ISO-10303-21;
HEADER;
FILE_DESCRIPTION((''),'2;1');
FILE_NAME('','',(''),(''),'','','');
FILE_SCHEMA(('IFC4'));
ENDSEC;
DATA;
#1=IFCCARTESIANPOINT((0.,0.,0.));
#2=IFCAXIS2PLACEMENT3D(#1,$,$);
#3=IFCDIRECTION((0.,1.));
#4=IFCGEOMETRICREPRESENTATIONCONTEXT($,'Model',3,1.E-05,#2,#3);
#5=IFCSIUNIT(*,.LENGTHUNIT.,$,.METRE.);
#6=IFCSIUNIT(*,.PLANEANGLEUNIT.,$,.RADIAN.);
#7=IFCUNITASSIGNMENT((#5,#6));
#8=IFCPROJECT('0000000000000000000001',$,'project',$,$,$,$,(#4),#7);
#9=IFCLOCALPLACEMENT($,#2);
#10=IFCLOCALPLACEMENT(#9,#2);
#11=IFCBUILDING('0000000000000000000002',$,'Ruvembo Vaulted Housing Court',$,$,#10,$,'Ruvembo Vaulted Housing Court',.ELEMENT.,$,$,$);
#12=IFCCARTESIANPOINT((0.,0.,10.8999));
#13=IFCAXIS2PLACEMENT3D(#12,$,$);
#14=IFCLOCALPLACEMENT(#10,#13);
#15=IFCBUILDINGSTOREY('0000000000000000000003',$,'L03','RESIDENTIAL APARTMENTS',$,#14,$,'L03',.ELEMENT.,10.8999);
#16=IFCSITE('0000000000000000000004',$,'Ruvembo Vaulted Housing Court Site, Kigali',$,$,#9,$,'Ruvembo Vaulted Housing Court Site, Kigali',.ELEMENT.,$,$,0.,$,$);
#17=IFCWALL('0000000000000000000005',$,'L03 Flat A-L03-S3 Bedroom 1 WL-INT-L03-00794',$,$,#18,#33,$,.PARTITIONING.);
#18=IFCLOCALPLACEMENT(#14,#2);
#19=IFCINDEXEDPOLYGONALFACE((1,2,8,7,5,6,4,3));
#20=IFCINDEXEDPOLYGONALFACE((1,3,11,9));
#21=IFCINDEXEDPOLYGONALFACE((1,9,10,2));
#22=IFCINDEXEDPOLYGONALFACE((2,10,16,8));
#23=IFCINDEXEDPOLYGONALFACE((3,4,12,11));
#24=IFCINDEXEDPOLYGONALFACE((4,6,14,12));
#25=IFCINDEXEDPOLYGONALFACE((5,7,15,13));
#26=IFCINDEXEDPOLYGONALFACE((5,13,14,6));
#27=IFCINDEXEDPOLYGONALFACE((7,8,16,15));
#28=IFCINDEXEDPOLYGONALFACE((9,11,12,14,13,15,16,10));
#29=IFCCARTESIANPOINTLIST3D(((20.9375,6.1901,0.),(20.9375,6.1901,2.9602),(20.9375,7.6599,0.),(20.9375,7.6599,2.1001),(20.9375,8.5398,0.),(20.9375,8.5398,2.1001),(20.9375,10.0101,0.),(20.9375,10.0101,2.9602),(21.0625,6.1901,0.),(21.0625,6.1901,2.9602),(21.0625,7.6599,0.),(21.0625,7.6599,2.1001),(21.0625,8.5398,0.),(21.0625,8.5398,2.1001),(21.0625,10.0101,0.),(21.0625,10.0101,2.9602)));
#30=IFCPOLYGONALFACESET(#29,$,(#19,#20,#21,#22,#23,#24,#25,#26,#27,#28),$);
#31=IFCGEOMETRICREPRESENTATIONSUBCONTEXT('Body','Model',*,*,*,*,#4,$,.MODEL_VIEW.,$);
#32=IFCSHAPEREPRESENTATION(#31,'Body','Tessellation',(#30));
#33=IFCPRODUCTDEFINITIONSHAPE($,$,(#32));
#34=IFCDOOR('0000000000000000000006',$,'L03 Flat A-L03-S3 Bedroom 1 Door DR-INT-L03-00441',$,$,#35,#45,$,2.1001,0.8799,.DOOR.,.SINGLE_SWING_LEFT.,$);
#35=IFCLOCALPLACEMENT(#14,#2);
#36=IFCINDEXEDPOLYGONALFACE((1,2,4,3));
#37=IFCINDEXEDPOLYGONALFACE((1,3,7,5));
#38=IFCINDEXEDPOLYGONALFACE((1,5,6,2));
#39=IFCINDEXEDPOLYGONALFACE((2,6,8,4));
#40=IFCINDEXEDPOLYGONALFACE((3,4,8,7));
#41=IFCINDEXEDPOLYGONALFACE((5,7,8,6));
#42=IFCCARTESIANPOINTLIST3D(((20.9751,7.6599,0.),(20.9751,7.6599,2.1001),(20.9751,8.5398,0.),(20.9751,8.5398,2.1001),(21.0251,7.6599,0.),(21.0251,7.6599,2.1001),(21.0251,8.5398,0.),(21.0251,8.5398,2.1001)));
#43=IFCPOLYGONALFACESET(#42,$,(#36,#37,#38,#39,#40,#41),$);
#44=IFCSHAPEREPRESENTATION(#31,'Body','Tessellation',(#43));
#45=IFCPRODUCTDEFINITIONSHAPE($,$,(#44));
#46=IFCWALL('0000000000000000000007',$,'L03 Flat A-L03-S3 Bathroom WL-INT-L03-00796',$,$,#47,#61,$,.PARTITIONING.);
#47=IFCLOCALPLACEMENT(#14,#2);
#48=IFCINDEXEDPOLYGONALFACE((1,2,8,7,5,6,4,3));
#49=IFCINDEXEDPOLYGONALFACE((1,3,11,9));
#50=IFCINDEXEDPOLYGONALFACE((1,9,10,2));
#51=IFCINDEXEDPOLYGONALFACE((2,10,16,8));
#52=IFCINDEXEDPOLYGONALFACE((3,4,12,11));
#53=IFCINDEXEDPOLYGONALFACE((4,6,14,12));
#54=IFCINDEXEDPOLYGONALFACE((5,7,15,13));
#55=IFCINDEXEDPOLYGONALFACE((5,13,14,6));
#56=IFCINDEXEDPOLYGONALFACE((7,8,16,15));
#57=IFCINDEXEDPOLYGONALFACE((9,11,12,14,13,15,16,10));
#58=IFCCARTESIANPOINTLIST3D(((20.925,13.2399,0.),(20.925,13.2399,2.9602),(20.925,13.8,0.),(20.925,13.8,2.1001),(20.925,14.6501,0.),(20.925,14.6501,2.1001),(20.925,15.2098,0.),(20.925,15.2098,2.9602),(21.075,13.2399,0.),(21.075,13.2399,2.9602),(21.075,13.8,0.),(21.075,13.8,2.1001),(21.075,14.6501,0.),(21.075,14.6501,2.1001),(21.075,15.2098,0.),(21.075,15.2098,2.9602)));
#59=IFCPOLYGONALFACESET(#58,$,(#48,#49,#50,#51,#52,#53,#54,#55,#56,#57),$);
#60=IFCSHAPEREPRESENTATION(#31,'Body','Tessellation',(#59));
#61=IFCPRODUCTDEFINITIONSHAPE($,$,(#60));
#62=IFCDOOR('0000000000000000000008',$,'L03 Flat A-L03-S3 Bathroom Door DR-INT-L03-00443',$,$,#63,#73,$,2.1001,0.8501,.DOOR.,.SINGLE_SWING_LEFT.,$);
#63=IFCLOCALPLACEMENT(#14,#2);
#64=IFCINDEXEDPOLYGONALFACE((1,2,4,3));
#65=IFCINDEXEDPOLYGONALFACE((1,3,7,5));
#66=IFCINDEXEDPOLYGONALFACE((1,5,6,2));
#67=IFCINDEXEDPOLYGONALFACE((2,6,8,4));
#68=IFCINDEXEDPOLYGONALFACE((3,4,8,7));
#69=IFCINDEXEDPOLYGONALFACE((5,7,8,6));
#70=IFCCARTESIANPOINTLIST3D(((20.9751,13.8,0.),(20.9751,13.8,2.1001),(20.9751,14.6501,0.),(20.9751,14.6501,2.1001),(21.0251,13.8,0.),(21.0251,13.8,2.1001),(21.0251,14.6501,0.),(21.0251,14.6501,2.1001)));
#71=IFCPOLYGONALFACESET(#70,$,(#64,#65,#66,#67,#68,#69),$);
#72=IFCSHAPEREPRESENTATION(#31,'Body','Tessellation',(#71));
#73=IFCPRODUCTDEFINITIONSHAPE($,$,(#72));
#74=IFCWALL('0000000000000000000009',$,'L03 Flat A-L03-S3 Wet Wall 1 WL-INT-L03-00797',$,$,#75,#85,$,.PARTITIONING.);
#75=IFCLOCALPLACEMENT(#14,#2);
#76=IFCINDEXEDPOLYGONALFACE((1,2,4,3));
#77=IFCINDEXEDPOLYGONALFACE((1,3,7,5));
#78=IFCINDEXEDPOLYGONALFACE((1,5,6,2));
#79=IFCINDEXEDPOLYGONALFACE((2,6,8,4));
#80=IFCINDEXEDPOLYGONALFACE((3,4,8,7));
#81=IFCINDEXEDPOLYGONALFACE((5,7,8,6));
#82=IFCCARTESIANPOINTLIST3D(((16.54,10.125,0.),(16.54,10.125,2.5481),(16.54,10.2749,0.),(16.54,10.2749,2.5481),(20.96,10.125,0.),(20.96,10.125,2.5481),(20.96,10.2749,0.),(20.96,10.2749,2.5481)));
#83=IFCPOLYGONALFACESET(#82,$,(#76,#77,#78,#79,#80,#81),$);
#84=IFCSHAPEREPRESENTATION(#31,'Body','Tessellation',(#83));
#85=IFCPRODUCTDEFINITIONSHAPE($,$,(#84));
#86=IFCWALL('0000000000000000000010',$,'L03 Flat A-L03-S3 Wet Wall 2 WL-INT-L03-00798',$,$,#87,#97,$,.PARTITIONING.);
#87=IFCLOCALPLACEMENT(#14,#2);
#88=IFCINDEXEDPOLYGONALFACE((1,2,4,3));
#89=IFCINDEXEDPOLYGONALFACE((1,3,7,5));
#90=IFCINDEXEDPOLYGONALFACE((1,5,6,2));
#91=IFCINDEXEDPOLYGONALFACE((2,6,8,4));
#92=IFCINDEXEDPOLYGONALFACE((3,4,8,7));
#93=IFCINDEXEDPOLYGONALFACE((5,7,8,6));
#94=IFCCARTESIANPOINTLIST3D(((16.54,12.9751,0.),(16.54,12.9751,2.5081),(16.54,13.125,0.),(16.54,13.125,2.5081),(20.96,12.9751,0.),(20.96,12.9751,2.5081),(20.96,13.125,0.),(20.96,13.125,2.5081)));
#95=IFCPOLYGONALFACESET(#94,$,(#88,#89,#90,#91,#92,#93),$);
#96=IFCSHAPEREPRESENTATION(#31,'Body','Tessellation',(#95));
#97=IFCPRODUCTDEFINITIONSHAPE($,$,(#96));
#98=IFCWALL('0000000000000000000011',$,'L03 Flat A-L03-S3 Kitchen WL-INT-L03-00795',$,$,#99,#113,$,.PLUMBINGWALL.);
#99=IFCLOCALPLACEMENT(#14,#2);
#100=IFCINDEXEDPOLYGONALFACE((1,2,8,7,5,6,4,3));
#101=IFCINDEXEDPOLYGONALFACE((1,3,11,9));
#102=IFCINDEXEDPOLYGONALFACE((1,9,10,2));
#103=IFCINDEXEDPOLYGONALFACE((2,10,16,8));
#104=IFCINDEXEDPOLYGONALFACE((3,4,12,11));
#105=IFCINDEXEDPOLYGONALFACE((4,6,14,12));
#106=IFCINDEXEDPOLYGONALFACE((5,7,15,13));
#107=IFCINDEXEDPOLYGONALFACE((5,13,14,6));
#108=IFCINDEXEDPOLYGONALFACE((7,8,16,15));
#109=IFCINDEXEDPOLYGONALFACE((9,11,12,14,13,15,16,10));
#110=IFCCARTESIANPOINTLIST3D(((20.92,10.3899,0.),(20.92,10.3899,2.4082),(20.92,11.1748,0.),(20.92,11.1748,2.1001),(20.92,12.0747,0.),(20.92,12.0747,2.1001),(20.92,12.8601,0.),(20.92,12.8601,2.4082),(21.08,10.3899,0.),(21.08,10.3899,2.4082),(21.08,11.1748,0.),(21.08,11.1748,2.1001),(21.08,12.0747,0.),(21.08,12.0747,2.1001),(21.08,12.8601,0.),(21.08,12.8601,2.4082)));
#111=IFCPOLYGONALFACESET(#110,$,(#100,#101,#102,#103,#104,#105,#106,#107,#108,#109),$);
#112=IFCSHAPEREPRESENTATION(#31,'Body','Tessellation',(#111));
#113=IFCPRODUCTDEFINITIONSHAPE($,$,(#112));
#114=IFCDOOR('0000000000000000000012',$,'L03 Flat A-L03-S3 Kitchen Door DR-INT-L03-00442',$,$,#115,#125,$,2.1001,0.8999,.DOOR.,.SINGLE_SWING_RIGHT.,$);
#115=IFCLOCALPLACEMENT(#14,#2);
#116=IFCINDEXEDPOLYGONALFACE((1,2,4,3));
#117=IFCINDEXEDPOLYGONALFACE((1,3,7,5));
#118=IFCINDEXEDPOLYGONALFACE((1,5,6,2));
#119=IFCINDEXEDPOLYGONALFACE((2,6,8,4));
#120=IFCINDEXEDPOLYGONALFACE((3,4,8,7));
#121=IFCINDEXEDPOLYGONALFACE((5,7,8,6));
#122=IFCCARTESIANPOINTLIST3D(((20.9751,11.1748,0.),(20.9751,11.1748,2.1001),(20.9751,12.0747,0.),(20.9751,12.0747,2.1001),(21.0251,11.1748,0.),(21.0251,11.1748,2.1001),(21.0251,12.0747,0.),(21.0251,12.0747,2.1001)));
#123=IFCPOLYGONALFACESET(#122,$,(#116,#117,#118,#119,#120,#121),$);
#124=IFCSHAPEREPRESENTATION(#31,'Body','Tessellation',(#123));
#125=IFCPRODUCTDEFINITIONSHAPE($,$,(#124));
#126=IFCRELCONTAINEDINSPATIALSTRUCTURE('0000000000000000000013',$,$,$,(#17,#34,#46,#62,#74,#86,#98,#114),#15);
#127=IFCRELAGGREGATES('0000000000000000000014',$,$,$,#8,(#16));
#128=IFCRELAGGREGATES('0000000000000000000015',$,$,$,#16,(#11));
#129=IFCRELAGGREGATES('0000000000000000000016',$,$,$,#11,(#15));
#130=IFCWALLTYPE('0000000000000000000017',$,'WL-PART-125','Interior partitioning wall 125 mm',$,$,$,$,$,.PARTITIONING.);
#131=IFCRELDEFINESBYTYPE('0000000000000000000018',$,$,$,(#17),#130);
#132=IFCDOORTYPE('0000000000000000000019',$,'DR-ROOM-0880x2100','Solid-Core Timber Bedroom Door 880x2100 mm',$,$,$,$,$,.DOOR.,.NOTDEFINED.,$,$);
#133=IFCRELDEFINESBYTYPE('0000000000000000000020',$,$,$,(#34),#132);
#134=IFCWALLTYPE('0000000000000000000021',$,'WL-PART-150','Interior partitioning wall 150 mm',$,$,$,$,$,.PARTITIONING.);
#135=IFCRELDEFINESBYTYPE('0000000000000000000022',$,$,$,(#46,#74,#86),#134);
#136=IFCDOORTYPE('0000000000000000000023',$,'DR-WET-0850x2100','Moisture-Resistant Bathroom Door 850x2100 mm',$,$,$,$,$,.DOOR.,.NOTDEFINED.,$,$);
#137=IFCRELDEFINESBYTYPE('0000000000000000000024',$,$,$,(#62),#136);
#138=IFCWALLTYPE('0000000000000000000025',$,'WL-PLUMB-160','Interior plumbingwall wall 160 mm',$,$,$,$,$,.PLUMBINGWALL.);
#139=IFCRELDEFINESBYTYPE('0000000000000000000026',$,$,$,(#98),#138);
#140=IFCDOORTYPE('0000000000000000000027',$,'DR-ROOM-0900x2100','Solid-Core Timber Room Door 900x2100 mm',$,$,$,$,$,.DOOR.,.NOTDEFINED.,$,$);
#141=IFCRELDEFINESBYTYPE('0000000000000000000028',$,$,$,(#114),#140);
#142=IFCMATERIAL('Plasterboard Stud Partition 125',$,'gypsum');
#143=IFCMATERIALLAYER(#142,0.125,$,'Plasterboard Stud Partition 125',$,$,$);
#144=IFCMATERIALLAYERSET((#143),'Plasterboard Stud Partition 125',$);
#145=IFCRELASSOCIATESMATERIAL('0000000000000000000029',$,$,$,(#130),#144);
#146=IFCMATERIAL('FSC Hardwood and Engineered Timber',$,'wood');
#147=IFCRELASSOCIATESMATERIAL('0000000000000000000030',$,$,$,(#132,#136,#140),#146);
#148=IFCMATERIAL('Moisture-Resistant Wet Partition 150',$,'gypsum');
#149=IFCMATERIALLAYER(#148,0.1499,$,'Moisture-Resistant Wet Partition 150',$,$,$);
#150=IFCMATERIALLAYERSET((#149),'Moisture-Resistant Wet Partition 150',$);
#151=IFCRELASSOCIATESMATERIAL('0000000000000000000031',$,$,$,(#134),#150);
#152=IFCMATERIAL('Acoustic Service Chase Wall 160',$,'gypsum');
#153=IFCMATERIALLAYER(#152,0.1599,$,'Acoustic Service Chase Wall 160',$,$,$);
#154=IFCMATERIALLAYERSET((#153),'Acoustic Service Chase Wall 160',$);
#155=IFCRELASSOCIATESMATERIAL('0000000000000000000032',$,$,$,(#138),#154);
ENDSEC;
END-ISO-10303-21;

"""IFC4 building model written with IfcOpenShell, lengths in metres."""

from ifc_helpers import new_model, si_unit, direction, frame, frame_2d, origin, place, context, subcontext, project, spatial, rectangle, extrude, material, layer, layer_set, type_object, element, fill, save


model = new_model("IFC4")

# Units and contexts
model_context = context("Model", 3, precision=1e-05, world=origin(), true_north=direction((0.0, 1.0)))
body_context = subcontext(model_context, "Body", "Model", "MODEL_VIEW")
ifc_project = project(units=[si_unit("LENGTHUNIT", "METRE"), si_unit("PLANEANGLEUNIT", "RADIAN")], contexts=[model_context])

# Site, building, storey
site_placement = place(None, origin())
site = spatial("IfcSite", under=ifc_project, at=site_placement, Name="Ruvembo Vaulted Housing Court Site, Kigali", LongName="Ruvembo Vaulted Housing Court Site, Kigali", CompositionType="ELEMENT", RefElevation=0.0)
building_placement = place(site_placement, origin())
building = spatial("IfcBuilding", under=site, at=building_placement, Name="Ruvembo Vaulted Housing Court", LongName="Ruvembo Vaulted Housing Court", CompositionType="ELEMENT")
storey_placement = place(building_placement, frame((0.0, 0.0, 10.8999)))
storey = spatial("IfcBuildingStorey", under=building, at=storey_placement, Name="L03", Description="RESIDENTIAL APARTMENTS", LongName="L03", CompositionType="ELEMENT", Elevation=10.8999)

# Shared definitions
ifc_material_1 = material(Name="FSC Hardwood and Engineered Timber", Category="wood")

# Walls, openings, doors
ifc_material_2 = material(Name="Plasterboard Stud Partition 125", Category="gypsum")
ifc_layer_1 = layer(ifc_material_2, 0.125, Name="Plasterboard Stud Partition 125")
ifc_layer_set_1 = layer_set([ifc_layer_1], Name="Plasterboard Stud Partition 125")
wall_type_1 = type_object("IfcWallType", Name="WL-PART-125", Description="Interior partitioning wall 125 mm", PredefinedType="PARTITIONING", material=ifc_layer_set_1)
wall_1_placement = place(storey_placement, frame((21.0, 6.1899, 0.0), z_axis=(0.0, 0.0, 1.0), x_axis=(0.0, 1.0, 0.0)))
wall_1 = element("IfcWall", 1, at=wall_1_placement, inside=storey, type_object=wall_type_1, Name="L03 Flat A-L03-S3 Bedroom 1 WL-INT-L03-00794", PredefinedType="PARTITIONING", context=body_context, shape_type="SweptSolid", body=[
    extrude(rectangle(XDim=3.8201, YDim=0.125, at=frame_2d((1.9102, 0.0))), origin(), (0.0, 0.0, 1.0), 2.9602),
])
opening_1_placement = place(wall_1_placement, frame((1.47, 0.0, 0.0)))
opening_1 = element("IfcOpeningElement", 2, at=opening_1_placement, cuts=wall_1, PredefinedType="OPENING", context=body_context, shape_type="SweptSolid", body=[
    extrude(rectangle(XDim=0.8799, YDim=2.1001, at=frame_2d((0.4399, 1.05))), frame((0.0, 0.0725, 0.0), z_axis=(0.0, -1.0, 0.0), x_axis=(1.0, 0.0, 0.0)), (0.0, 0.0, 1.0), 0.145),
])
door_type_1 = type_object("IfcDoorType", Name="DR-ROOM-0880x2100", Description="Solid-Core Timber Bedroom Door 880x2100 mm", OperationType="NOTDEFINED", PredefinedType="DOOR", material=ifc_material_1)
door_1_placement = place(opening_1_placement, origin())
door_1 = element("IfcDoor", 3, at=door_1_placement, inside=storey, type_object=door_type_1, Name="L03 Flat A-L03-S3 Bedroom 1 Door DR-INT-L03-00441", OperationType="SINGLE_SWING_LEFT", OverallHeight=2.1001, OverallWidth=0.8799, PredefinedType="DOOR", context=body_context, shape_type="SweptSolid", body=[
    extrude(rectangle(XDim=0.8799, YDim=2.1001, at=frame_2d((0.4399, 1.05))), frame((0.0, 0.0249, 0.0), z_axis=(0.0, -1.0, 0.0), x_axis=(1.0, 0.0, 0.0)), (0.0, 0.0, 1.0), 0.05),
])
fill(opening_1, door_1)
ifc_material_3 = material(Name="Moisture-Resistant Wet Partition 150", Category="gypsum")
ifc_layer_2 = layer(ifc_material_3, 0.1499, Name="Moisture-Resistant Wet Partition 150")
ifc_layer_set_2 = layer_set([ifc_layer_2], Name="Moisture-Resistant Wet Partition 150")
wall_type_2 = type_object("IfcWallType", Name="WL-PART-150", Description="Interior partitioning wall 150 mm", PredefinedType="PARTITIONING", material=ifc_layer_set_2)
wall_2_placement = place(storey_placement, frame((21.0, 13.24, 0.0), z_axis=(0.0, 0.0, 1.0), x_axis=(0.0, 1.0, 0.0)))
wall_2 = element("IfcWall", 4, at=wall_2_placement, inside=storey, type_object=wall_type_2, Name="L03 Flat A-L03-S3 Bathroom WL-INT-L03-00796", PredefinedType="PARTITIONING", context=body_context, shape_type="SweptSolid", body=[
    extrude(rectangle(XDim=1.97, YDim=0.1499, at=frame_2d((0.9849, 0.0))), origin(), (0.0, 0.0, 1.0), 2.9602),
])
opening_2_placement = place(wall_2_placement, frame((0.5601, 0.0, 0.0)))
opening_2 = element("IfcOpeningElement", 5, at=opening_2_placement, cuts=wall_2, PredefinedType="OPENING", context=body_context, shape_type="SweptSolid", body=[
    extrude(rectangle(XDim=0.8501, YDim=2.1001, at=frame_2d((0.425, 1.05))), frame((0.0, 0.085, 0.0), z_axis=(0.0, -1.0, 0.0), x_axis=(1.0, 0.0, 0.0)), (0.0, 0.0, 1.0), 0.1699),
])
door_type_2 = type_object("IfcDoorType", Name="DR-WET-0850x2100", Description="Moisture-Resistant Bathroom Door 850x2100 mm", OperationType="NOTDEFINED", PredefinedType="DOOR", material=ifc_material_1)
door_2_placement = place(opening_2_placement, origin())
door_2 = element("IfcDoor", 6, at=door_2_placement, inside=storey, type_object=door_type_2, Name="L03 Flat A-L03-S3 Bathroom Door DR-INT-L03-00443", OperationType="SINGLE_SWING_LEFT", OverallHeight=2.1001, OverallWidth=0.8501, PredefinedType="DOOR", context=body_context, shape_type="SweptSolid", body=[
    extrude(rectangle(XDim=0.8501, YDim=2.1001, at=frame_2d((0.425, 1.05))), frame((0.0, 0.0249, 0.0), z_axis=(0.0, -1.0, 0.0), x_axis=(1.0, 0.0, 0.0)), (0.0, 0.0, 1.0), 0.05),
])
fill(opening_2, door_2)

# Walls
wall_3_placement = place(storey_placement, frame((16.54, 10.2, 0.0), z_axis=(0.0, 0.0, 1.0), x_axis=(1.0, 0.0, 0.0)))
element("IfcWall", 7, at=wall_3_placement, inside=storey, type_object=wall_type_2, Name="L03 Flat A-L03-S3 Wet Wall 1 WL-INT-L03-00797", PredefinedType="PARTITIONING", context=body_context, shape_type="SweptSolid", body=[
    extrude(rectangle(XDim=4.4199, YDim=0.1499, at=frame_2d((2.21, 0.0))), origin(), (0.0, 0.0, 1.0), 2.5481),
])
wall_4_placement = place(storey_placement, frame((16.54, 13.05, 0.0), z_axis=(0.0, 0.0, 1.0), x_axis=(1.0, 0.0, 0.0)))
element("IfcWall", 8, at=wall_4_placement, inside=storey, type_object=wall_type_2, Name="L03 Flat A-L03-S3 Wet Wall 2 WL-INT-L03-00798", PredefinedType="PARTITIONING", context=body_context, shape_type="SweptSolid", body=[
    extrude(rectangle(XDim=4.4199, YDim=0.1499, at=frame_2d((2.21, 0.0))), origin(), (0.0, 0.0, 1.0), 2.5081),
])

# Wall, opening, door
ifc_material_4 = material(Name="Acoustic Service Chase Wall 160", Category="gypsum")
ifc_layer_3 = layer(ifc_material_4, 0.1599, Name="Acoustic Service Chase Wall 160")
ifc_layer_set_3 = layer_set([ifc_layer_3], Name="Acoustic Service Chase Wall 160")
wall_type_3 = type_object("IfcWallType", Name="WL-PLUMB-160", Description="Interior plumbingwall wall 160 mm", PredefinedType="PLUMBINGWALL", material=ifc_layer_set_3)
wall_5_placement = place(storey_placement, frame((21.0, 10.3899, 0.0), z_axis=(0.0, 0.0, 1.0), x_axis=(0.0, 1.0, 0.0)))
wall_5 = element("IfcWall", 9, at=wall_5_placement, inside=storey, type_object=wall_type_3, Name="L03 Flat A-L03-S3 Kitchen WL-INT-L03-00795", PredefinedType="PLUMBINGWALL", context=body_context, shape_type="SweptSolid", body=[
    extrude(rectangle(XDim=2.4702, YDim=0.1599, at=frame_2d((1.2351, 0.0))), origin(), (0.0, 0.0, 1.0), 2.4082),
])
opening_3_placement = place(wall_5_placement, frame((0.7849, 0.0, 0.0)))
opening_3 = element("IfcOpeningElement", 10, at=opening_3_placement, cuts=wall_5, PredefinedType="OPENING", context=body_context, shape_type="SweptSolid", body=[
    extrude(rectangle(XDim=0.8999, YDim=2.1001, at=frame_2d((0.45, 1.05))), frame((0.0, 0.0898, 0.0), z_axis=(0.0, -1.0, 0.0), x_axis=(1.0, 0.0, 0.0)), (0.0, 0.0, 1.0), 0.1799),
])
door_type_3 = type_object("IfcDoorType", Name="DR-ROOM-0900x2100", Description="Solid-Core Timber Room Door 900x2100 mm", OperationType="NOTDEFINED", PredefinedType="DOOR", material=ifc_material_1)
door_3_placement = place(opening_3_placement, origin())
door_3 = element("IfcDoor", 11, at=door_3_placement, inside=storey, type_object=door_type_3, Name="L03 Flat A-L03-S3 Kitchen Door DR-INT-L03-00442", OperationType="SINGLE_SWING_RIGHT", OverallHeight=2.1001, OverallWidth=0.8999, PredefinedType="DOOR", context=body_context, shape_type="SweptSolid", body=[
    extrude(rectangle(XDim=0.8999, YDim=2.1001, at=frame_2d((0.45, 1.05))), frame((0.0, 0.0249, 0.0), z_axis=(0.0, -1.0, 0.0), x_axis=(1.0, 0.0, 0.0)), (0.0, 0.0, 1.0), 0.05),
])
fill(opening_3, door_3)

save(model, "model.ifc")
